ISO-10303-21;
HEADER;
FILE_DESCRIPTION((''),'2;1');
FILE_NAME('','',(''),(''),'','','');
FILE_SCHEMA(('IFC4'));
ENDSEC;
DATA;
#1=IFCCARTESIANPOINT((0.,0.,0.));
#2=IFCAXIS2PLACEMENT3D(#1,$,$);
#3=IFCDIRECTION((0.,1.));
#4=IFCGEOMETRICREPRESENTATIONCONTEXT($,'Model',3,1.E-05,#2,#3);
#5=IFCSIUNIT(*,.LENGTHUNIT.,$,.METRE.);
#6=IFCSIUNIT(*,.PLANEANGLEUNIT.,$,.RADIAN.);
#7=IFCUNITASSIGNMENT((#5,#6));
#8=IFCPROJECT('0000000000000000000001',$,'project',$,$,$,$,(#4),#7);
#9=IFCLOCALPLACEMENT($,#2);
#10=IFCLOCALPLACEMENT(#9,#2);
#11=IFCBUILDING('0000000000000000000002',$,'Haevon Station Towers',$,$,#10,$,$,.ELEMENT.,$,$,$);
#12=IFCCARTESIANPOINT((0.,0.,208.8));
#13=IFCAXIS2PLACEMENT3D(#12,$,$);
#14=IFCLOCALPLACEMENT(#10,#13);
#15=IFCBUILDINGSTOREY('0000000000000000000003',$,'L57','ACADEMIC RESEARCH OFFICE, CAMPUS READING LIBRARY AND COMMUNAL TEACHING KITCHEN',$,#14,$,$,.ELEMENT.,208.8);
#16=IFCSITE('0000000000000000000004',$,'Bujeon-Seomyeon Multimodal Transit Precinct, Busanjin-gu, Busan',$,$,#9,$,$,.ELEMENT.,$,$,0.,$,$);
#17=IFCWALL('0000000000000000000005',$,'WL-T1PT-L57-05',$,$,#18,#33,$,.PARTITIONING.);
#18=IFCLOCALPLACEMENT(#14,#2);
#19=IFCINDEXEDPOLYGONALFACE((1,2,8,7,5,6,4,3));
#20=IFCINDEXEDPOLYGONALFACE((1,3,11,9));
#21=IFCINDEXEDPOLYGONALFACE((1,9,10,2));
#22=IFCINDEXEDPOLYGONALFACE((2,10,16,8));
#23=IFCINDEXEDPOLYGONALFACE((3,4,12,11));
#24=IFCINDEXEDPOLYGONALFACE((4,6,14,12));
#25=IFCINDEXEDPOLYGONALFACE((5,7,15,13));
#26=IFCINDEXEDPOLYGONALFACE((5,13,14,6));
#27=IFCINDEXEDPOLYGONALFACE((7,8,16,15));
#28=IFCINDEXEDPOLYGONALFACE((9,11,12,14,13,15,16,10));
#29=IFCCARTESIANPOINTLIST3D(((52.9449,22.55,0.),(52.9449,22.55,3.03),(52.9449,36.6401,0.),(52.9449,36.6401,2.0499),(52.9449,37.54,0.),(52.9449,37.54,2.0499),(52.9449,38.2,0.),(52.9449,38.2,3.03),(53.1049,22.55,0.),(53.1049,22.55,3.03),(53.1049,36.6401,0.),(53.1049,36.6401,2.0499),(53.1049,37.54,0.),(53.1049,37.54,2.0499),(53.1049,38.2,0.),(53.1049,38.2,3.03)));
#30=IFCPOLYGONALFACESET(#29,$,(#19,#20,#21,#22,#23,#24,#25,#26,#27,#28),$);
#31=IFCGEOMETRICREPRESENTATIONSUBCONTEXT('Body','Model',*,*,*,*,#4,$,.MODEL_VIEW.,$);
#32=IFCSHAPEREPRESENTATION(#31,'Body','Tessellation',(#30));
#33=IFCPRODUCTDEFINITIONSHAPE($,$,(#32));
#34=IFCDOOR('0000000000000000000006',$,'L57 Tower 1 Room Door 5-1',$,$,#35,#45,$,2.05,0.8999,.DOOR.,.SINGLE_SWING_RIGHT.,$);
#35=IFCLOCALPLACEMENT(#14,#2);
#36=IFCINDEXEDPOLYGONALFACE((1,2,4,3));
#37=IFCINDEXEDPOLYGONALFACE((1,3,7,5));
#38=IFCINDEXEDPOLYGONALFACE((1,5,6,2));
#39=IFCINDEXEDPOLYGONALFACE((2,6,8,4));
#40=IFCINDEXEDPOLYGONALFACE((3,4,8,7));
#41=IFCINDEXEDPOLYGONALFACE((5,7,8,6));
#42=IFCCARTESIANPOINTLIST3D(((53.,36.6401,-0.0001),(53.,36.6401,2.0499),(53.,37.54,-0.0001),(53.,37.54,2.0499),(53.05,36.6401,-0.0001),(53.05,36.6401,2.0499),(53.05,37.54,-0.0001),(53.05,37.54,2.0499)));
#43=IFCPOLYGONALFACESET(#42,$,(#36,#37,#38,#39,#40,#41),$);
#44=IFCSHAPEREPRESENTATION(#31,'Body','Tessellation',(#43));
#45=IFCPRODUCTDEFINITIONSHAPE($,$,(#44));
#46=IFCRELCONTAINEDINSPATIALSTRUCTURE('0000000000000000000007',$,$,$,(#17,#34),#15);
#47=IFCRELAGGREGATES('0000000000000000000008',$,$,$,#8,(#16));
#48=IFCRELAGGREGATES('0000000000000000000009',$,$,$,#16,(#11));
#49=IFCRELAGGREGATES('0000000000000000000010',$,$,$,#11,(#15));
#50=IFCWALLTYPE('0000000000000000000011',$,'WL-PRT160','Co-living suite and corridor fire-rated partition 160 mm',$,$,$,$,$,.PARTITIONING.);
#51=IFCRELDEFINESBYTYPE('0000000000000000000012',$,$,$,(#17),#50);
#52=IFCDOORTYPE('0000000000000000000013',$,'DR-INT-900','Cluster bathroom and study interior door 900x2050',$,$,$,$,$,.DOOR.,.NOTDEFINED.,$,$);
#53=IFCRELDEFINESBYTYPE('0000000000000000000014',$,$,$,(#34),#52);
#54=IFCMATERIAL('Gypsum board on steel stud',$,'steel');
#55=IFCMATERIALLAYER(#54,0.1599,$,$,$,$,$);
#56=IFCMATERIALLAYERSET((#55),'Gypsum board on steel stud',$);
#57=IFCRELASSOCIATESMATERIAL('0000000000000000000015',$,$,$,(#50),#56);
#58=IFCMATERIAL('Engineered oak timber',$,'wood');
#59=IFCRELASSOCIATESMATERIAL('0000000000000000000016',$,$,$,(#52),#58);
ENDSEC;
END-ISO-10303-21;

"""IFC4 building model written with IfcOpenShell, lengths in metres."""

from ifc_helpers import new_model, si_unit, direction, frame, frame_2d, origin, place, context, subcontext, project, spatial, rectangle, extrude, material, layer, layer_set, type_object, element, fill, save


model = new_model("IFC4")

# Units and contexts
model_context = context("Model", 3, precision=1e-05, world=origin(), true_north=direction((0.0, 1.0)))
body_context = subcontext(model_context, "Body", "Model", "MODEL_VIEW")
ifc_project = project(units=[si_unit("LENGTHUNIT", "METRE"), si_unit("PLANEANGLEUNIT", "RADIAN")], contexts=[model_context])

# Site, building, storey
site_placement = place(None, origin())
site = spatial("IfcSite", under=ifc_project, at=site_placement, Name="Bujeon-Seomyeon Multimodal Transit Precinct, Busanjin-gu, Busan", CompositionType="ELEMENT", RefElevation=0.0)
building_placement = place(site_placement, origin())
building = spatial("IfcBuilding", under=site, at=building_placement, Name="Haevon Station Towers", CompositionType="ELEMENT")
storey_placement = place(building_placement, frame((0.0, 0.0, 208.8)))
storey = spatial("IfcBuildingStorey", under=building, at=storey_placement, Name="L57", Description="ACADEMIC RESEARCH OFFICE, CAMPUS READING LIBRARY AND COMMUNAL TEACHING KITCHEN", CompositionType="ELEMENT", Elevation=208.8)

# Shared definitions
ifc_material_1 = material(Name="Gypsum board on steel stud", Category="steel")

# Wall, opening, door
ifc_layer_1 = layer(ifc_material_1, 0.1599)
ifc_layer_set_1 = layer_set([ifc_layer_1], Name="Gypsum board on steel stud")
wall_type_1 = type_object("IfcWallType", Name="WL-PRT160", Description="Co-living suite and corridor fire-rated partition 160 mm", PredefinedType="PARTITIONING", material=ifc_layer_set_1)
wall_1_placement = place(storey_placement, frame((53.0249, 22.55, 0.0), z_axis=(0.0, 0.0, 1.0), x_axis=(0.0, 1.0, 0.0)))
wall_1 = element("IfcWall", 1, at=wall_1_placement, inside=storey, type_object=wall_type_1, Name="WL-T1PT-L57-05", PredefinedType="PARTITIONING", context=body_context, shape_type="SweptSolid", body=[
    extrude(rectangle(XDim=15.6499, YDim=0.1599, at=frame_2d((7.825, 0.0))), origin(), (0.0, 0.0, 1.0), 3.03),
])
opening_1_placement = place(wall_1_placement, frame((14.0901, 0.0, 0.0)))
opening_1 = element("IfcOpeningElement", 2, at=opening_1_placement, cuts=wall_1, PredefinedType="OPENING", context=body_context, shape_type="SweptSolid", body=[
    extrude(rectangle(XDim=0.8999, YDim=2.05, at=frame_2d((0.45, 1.0249))), frame((0.0, 0.0898, 0.0), z_axis=(0.0, -1.0, 0.0), x_axis=(1.0, 0.0, 0.0)), (0.0, 0.0, 1.0), 0.1799),
])
ifc_material_2 = material(Name="Engineered oak timber", Category="wood")
door_type_1 = type_object("IfcDoorType", Name="DR-INT-900", Description="Cluster bathroom and study interior door 900x2050", OperationType="NOTDEFINED", PredefinedType="DOOR", material=ifc_material_2)
door_1_placement = place(opening_1_placement, origin())
door_1 = element("IfcDoor", 3, at=door_1_placement, inside=storey, type_object=door_type_1, Name="L57 Tower 1 Room Door 5-1", OperationType="SINGLE_SWING_RIGHT", OverallHeight=2.05, OverallWidth=0.8999, PredefinedType="DOOR", context=body_context, shape_type="SweptSolid", body=[
    extrude(rectangle(XDim=0.8999, YDim=2.05, at=frame_2d((0.45, 1.0249))), frame((0.0, 0.0249, 0.0), z_axis=(0.0, -1.0, 0.0), x_axis=(1.0, 0.0, 0.0)), (0.0, 0.0, 1.0), 0.05),
])
fill(opening_1, door_1)

save(model, "model.ifc")
